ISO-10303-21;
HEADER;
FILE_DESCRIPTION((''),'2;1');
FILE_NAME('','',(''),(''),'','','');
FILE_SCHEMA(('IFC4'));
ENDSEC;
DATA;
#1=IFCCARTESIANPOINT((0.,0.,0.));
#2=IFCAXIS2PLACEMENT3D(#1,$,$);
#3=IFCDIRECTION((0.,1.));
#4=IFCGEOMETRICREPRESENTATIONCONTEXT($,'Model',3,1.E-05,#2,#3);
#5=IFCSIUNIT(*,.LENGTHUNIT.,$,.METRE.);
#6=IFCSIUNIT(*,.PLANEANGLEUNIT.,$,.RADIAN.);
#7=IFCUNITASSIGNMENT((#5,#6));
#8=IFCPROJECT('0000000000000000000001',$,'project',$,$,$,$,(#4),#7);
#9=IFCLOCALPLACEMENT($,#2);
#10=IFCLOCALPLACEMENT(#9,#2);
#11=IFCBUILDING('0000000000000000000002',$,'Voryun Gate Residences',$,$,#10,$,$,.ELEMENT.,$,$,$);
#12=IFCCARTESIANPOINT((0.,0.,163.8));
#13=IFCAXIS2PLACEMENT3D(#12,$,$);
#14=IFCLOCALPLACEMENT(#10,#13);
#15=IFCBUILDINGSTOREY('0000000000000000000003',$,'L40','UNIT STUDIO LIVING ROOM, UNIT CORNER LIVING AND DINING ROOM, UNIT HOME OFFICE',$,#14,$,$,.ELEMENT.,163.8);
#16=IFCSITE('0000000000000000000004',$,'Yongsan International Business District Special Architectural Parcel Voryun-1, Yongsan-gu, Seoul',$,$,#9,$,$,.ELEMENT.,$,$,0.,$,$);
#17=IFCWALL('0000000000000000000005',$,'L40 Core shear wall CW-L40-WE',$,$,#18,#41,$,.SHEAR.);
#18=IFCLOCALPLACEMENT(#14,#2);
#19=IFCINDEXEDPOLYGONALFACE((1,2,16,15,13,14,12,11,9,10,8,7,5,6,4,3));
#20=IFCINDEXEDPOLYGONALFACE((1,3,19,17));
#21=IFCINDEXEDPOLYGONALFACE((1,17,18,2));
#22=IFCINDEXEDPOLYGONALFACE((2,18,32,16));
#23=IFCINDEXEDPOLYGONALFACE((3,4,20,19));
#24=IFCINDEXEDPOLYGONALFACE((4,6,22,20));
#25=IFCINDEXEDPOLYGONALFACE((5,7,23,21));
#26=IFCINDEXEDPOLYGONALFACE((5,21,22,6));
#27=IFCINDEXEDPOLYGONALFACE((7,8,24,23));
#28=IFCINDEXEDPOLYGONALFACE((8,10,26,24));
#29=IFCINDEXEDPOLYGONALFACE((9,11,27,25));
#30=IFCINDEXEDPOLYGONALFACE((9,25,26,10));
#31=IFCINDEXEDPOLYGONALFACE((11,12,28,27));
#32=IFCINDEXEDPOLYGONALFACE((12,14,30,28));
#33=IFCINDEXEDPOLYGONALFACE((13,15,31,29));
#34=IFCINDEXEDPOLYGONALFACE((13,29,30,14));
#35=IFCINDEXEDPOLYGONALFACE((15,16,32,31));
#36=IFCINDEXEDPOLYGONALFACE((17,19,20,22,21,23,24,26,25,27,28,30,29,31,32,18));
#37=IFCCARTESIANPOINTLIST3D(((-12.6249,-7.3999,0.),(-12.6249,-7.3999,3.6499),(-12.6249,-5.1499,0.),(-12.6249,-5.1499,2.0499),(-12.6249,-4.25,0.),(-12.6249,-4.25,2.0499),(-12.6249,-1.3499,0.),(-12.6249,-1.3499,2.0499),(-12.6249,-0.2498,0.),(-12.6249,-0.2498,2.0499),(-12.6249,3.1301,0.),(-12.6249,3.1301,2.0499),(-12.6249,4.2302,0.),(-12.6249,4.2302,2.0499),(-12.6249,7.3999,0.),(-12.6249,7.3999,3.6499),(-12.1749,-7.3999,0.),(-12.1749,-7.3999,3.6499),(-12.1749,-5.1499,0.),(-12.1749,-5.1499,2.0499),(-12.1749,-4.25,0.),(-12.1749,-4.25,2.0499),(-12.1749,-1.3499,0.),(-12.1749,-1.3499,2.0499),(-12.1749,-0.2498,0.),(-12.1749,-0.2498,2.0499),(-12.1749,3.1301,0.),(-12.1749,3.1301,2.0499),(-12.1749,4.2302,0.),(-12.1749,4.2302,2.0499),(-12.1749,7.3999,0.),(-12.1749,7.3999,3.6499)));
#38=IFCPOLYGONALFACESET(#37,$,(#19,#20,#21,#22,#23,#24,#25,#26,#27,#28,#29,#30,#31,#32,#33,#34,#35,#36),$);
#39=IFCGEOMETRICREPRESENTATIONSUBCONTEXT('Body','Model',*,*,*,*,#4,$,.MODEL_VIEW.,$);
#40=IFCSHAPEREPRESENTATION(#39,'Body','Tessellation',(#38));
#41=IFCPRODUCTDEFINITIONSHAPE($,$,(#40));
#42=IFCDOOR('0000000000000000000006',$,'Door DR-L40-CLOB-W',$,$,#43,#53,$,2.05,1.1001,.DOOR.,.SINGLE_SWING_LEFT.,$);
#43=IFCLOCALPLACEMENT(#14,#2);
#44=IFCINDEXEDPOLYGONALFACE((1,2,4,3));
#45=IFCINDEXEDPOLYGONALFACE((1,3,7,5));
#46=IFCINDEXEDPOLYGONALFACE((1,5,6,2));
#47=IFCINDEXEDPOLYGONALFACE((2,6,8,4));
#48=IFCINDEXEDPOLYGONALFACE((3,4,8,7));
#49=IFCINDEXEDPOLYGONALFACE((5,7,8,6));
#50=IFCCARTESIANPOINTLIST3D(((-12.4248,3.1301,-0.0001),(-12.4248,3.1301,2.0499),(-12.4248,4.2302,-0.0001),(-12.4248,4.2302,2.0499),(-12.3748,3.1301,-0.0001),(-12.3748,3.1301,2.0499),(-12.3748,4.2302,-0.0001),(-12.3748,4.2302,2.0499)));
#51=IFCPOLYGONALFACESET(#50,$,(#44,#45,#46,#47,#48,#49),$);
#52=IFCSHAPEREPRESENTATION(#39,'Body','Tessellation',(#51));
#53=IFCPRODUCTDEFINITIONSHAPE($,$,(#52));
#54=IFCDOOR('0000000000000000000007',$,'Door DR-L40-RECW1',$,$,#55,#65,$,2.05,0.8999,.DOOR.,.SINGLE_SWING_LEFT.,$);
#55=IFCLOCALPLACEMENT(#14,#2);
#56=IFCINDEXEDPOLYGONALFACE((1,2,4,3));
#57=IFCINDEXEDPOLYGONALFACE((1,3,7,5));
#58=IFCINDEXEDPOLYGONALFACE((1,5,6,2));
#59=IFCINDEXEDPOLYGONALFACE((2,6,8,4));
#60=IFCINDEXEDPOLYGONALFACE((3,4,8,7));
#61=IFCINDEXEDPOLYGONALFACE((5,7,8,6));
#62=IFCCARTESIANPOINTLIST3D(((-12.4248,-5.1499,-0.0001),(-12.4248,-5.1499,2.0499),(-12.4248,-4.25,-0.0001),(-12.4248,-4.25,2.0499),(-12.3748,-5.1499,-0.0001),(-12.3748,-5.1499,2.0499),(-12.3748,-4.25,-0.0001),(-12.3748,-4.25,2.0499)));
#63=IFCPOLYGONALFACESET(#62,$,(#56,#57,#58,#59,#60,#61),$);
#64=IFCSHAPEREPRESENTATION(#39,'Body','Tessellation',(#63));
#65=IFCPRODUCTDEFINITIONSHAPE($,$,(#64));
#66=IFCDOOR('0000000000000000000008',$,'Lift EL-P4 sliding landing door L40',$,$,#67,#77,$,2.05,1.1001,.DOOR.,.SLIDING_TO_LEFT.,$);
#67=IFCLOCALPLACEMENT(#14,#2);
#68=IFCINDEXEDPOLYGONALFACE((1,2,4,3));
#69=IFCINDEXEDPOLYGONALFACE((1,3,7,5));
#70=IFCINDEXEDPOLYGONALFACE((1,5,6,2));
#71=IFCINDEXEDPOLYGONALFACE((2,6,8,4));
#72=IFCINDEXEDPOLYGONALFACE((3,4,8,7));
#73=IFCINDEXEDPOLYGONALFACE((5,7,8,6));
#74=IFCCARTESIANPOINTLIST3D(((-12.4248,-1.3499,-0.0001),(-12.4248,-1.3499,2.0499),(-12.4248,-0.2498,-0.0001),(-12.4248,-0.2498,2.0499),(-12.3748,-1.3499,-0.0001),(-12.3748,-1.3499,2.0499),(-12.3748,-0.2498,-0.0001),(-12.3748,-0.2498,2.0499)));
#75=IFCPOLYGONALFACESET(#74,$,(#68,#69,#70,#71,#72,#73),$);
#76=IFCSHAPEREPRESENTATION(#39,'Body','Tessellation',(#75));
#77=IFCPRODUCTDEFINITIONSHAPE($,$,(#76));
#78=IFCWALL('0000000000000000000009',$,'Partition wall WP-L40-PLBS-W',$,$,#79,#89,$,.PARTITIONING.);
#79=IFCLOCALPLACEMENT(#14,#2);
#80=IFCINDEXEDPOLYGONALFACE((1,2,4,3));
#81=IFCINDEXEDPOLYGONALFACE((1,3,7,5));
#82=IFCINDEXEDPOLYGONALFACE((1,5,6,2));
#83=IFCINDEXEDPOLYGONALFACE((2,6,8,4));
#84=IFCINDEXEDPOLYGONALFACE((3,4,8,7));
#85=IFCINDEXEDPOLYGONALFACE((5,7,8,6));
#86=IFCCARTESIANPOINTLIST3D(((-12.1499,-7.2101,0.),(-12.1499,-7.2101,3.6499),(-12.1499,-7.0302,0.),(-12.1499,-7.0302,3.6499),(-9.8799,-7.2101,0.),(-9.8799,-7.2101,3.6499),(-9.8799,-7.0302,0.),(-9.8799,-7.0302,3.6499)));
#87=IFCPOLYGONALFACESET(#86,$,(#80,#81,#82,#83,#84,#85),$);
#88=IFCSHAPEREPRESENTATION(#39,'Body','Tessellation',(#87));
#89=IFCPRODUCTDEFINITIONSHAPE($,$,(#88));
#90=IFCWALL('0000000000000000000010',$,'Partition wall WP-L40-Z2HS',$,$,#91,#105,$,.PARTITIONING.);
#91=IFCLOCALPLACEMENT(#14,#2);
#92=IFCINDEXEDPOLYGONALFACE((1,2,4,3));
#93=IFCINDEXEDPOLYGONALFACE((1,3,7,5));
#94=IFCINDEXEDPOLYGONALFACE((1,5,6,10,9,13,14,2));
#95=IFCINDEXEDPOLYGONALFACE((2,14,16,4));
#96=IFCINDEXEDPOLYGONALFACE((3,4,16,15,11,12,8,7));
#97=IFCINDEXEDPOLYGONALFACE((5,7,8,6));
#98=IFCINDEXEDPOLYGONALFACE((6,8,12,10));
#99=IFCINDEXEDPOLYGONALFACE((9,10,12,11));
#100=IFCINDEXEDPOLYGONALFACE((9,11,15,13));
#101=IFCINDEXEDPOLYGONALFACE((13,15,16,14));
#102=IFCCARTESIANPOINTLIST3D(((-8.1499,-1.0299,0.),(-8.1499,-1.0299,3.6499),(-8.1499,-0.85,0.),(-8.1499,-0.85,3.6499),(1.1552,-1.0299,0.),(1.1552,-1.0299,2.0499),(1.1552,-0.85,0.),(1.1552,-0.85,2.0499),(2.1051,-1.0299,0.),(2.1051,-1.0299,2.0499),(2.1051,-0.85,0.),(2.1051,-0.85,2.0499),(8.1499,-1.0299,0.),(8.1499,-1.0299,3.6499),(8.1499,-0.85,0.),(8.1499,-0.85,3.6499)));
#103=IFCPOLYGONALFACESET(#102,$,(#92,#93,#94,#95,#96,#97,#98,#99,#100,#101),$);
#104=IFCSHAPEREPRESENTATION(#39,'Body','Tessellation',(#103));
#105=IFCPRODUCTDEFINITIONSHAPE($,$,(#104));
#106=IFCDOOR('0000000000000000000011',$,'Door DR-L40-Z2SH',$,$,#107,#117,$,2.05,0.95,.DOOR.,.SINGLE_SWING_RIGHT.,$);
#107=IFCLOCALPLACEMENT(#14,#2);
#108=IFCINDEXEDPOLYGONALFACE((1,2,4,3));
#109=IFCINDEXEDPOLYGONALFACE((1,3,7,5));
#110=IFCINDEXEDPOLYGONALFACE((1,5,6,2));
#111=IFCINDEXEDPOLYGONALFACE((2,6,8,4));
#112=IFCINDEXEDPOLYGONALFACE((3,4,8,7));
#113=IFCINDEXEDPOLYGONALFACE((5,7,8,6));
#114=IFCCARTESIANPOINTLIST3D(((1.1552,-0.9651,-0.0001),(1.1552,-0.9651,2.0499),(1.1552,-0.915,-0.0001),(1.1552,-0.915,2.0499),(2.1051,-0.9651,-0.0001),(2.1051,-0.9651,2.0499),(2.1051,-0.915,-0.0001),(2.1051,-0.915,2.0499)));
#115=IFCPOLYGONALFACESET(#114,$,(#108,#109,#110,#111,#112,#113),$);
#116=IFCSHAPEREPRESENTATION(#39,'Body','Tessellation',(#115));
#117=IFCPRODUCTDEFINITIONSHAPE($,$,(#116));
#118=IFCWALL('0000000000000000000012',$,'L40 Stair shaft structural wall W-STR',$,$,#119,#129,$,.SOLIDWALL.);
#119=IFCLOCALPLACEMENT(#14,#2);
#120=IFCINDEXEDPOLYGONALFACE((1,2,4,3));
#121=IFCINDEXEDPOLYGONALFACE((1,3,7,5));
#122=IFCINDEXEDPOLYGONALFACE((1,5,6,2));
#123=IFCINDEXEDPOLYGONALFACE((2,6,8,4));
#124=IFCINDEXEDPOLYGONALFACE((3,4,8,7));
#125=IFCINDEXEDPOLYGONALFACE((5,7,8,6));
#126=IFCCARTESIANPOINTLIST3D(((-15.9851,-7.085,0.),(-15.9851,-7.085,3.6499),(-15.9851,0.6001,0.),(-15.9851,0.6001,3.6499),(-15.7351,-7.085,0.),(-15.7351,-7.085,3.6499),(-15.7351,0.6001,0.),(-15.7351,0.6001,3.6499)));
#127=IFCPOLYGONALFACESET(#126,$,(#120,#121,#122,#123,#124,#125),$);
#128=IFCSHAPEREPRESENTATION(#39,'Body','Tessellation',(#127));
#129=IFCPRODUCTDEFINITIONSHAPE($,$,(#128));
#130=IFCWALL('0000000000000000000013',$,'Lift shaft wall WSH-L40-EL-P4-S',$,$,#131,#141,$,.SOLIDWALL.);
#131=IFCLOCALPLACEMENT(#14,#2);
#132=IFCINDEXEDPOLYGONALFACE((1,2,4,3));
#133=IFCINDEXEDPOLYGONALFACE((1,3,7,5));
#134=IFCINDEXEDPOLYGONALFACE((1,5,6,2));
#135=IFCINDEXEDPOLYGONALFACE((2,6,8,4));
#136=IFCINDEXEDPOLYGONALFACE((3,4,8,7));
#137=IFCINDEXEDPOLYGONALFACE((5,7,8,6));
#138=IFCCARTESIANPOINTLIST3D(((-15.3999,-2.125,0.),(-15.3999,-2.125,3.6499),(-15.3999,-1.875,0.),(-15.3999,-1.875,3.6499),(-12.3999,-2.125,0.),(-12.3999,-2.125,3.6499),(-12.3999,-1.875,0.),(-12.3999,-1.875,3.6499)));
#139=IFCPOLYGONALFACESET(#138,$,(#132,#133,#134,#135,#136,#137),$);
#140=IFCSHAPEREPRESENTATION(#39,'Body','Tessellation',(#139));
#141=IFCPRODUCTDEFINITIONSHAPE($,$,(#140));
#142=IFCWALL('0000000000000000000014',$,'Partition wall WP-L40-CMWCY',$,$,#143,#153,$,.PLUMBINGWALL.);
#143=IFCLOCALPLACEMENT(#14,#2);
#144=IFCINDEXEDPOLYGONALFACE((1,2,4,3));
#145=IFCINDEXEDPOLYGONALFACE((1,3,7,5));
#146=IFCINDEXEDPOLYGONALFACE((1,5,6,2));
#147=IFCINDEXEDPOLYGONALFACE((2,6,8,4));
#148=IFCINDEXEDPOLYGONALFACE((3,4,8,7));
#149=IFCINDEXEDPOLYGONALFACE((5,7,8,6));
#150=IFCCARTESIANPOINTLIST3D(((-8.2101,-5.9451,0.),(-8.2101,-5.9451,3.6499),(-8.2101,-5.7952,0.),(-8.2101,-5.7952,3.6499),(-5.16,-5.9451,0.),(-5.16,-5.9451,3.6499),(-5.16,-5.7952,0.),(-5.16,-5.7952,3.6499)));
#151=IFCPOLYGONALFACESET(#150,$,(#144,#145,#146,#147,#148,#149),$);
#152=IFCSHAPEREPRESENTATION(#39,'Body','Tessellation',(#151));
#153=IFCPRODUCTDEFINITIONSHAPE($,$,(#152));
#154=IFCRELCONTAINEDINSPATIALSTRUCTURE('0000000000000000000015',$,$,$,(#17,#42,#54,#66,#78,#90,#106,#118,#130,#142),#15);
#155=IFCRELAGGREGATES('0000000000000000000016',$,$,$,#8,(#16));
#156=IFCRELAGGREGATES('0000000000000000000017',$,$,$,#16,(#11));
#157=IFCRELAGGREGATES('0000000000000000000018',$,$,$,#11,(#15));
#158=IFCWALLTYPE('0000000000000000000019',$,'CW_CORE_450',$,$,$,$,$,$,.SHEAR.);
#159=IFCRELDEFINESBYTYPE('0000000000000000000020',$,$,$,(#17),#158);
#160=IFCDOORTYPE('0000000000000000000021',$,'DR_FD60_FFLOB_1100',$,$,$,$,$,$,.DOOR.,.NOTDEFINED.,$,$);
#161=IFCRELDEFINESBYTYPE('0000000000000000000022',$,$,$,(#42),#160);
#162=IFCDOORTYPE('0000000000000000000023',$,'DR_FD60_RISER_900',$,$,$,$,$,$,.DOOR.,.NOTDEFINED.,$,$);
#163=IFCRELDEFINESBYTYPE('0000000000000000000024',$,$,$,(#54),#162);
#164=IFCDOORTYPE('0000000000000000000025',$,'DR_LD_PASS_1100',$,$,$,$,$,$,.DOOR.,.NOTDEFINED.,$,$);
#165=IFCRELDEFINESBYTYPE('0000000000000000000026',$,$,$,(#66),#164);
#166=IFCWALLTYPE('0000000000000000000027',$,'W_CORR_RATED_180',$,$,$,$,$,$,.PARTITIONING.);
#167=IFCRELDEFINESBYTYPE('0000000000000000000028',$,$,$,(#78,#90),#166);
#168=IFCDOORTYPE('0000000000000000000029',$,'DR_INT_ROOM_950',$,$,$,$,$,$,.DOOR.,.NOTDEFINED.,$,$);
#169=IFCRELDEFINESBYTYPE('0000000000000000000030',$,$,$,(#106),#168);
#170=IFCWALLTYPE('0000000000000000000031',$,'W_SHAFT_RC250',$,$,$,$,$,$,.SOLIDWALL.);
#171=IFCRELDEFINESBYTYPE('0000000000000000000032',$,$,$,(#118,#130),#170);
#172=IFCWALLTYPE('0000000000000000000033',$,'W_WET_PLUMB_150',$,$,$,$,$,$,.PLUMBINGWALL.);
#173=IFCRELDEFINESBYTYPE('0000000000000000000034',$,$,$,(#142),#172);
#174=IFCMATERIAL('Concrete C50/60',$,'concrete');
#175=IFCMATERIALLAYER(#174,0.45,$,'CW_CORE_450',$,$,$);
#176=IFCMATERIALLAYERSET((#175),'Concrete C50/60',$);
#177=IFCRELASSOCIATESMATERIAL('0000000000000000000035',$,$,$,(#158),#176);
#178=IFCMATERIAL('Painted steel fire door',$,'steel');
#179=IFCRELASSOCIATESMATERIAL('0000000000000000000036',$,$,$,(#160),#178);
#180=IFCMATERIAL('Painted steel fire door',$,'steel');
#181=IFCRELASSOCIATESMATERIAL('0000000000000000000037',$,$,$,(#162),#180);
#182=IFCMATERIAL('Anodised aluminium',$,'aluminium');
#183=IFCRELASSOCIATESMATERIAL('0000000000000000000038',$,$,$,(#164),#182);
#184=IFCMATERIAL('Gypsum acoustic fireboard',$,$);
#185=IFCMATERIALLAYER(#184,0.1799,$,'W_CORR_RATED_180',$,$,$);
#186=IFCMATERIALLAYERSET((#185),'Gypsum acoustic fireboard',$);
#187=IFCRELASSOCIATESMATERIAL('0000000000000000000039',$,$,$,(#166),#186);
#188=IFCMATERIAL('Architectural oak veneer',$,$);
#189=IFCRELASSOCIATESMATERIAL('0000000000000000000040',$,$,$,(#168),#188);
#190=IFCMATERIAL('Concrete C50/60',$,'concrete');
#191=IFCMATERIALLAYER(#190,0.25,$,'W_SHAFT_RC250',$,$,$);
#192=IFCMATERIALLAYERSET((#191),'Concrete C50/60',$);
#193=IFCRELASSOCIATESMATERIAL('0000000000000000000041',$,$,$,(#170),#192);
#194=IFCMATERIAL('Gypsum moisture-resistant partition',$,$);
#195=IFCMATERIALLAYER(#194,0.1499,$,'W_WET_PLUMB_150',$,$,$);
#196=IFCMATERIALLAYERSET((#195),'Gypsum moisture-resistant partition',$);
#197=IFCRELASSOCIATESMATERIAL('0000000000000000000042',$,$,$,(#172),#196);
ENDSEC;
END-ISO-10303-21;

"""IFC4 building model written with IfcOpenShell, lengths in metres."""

from ifc_helpers import new_model, si_unit, direction, frame, frame_2d, origin, place, context, subcontext, project, spatial, rectangle, extrude, material, layer, layer_set, type_object, element, fill, save


model = new_model("IFC4")

# Units and contexts
model_context = context("Model", 3, precision=1e-05, world=origin(), true_north=direction((0.0, 1.0)))
body_context = subcontext(model_context, "Body", "Model", "MODEL_VIEW")
ifc_project = project(units=[si_unit("LENGTHUNIT", "METRE"), si_unit("PLANEANGLEUNIT", "RADIAN")], contexts=[model_context])

# Site, building, storey
site_placement = place(None, origin())
site = spatial("IfcSite", under=ifc_project, at=site_placement, Name="Yongsan International Business District Special Architectural Parcel Voryun-1, Yongsan-gu, Seoul", CompositionType="ELEMENT", RefElevation=0.0)
building_placement = place(site_placement, origin())
building = spatial("IfcBuilding", under=site, at=building_placement, Name="Voryun Gate Residences", CompositionType="ELEMENT")
storey_placement = place(building_placement, frame((0.0, 0.0, 163.8)))
storey = spatial("IfcBuildingStorey", under=building, at=storey_placement, Name="L40", Description="UNIT STUDIO LIVING ROOM, UNIT CORNER LIVING AND DINING ROOM, UNIT HOME OFFICE", CompositionType="ELEMENT", Elevation=163.8)

# Wall, openings, doors
ifc_material_1 = material(Name="Concrete C50/60", Category="concrete")
ifc_layer_1 = layer(ifc_material_1, 0.45, Name="CW_CORE_450")
ifc_layer_set_1 = layer_set([ifc_layer_1], Name="Concrete C50/60")
wall_type_1 = type_object("IfcWallType", Name="CW_CORE_450", PredefinedType="SHEAR", material=ifc_layer_set_1)
wall_1_placement = place(storey_placement, frame((-12.3999, -7.3999, 0.0), z_axis=(0.0, 0.0, 1.0), x_axis=(0.0, 1.0, 0.0)))
wall_1 = element("IfcWall", 1, at=wall_1_placement, inside=storey, type_object=wall_type_1, Name="L40 Core shear wall CW-L40-WE", PredefinedType="SHEAR", context=body_context, shape_type="SweptSolid", body=[
    extrude(rectangle(XDim=14.7998, YDim=0.45, at=frame_2d((7.3999, 0.0))), origin(), (0.0, 0.0, 1.0), 3.6499),
])
opening_1_placement = place(wall_1_placement, frame((6.05, 0.0, 0.0)))
opening_1 = element("IfcOpeningElement", 2, at=opening_1_placement, cuts=wall_1, PredefinedType="OPENING", context=body_context, shape_type="SweptSolid", body=[
    extrude(rectangle(XDim=1.1001, YDim=2.05, at=frame_2d((0.55, 1.0249))), frame((0.0, 0.2351, 0.0), z_axis=(0.0, -1.0, 0.0), x_axis=(1.0, 0.0, 0.0)), (0.0, 0.0, 1.0), 0.47),
])
opening_2_placement = place(wall_1_placement, frame((10.53, 0.0, 0.0)))
opening_2 = element("IfcOpeningElement", 3, at=opening_2_placement, cuts=wall_1, PredefinedType="OPENING", context=body_context, shape_type="SweptSolid", body=[
    extrude(rectangle(XDim=1.1001, YDim=2.05, at=frame_2d((0.55, 1.0249))), frame((0.0, 0.2351, 0.0), z_axis=(0.0, -1.0, 0.0), x_axis=(1.0, 0.0, 0.0)), (0.0, 0.0, 1.0), 0.47),
])
opening_3_placement = place(wall_1_placement, frame((2.25, 0.0, 0.0)))
opening_3 = element("IfcOpeningElement", 4, at=opening_3_placement, cuts=wall_1, PredefinedType="OPENING", context=body_context, shape_type="SweptSolid", body=[
    extrude(rectangle(XDim=0.8999, YDim=2.05, at=frame_2d((0.45, 1.0249))), frame((0.0, 0.2351, 0.0), z_axis=(0.0, -1.0, 0.0), x_axis=(1.0, 0.0, 0.0)), (0.0, 0.0, 1.0), 0.47),
])
ifc_material_2 = material(Name="Painted steel fire door", Category="steel")
door_type_1 = type_object("IfcDoorType", Name="DR_FD60_FFLOB_1100", OperationType="NOTDEFINED", PredefinedType="DOOR", material=ifc_material_2)
door_1_placement = place(opening_2_placement, origin())
door_1 = element("IfcDoor", 5, at=door_1_placement, inside=storey, type_object=door_type_1, Name="Door DR-L40-CLOB-W", OperationType="SINGLE_SWING_LEFT", OverallHeight=2.05, OverallWidth=1.1001, PredefinedType="DOOR", context=body_context, shape_type="SweptSolid", body=[
    extrude(rectangle(XDim=1.1001, YDim=2.05, at=frame_2d((0.55, 1.0249))), frame((0.0, 0.0249, 0.0), z_axis=(0.0, -1.0, 0.0), x_axis=(1.0, 0.0, 0.0)), (0.0, 0.0, 1.0), 0.05),
])
fill(opening_2, door_1)
ifc_material_3 = material(Name="Painted steel fire door", Category="steel")
door_type_2 = type_object("IfcDoorType", Name="DR_FD60_RISER_900", OperationType="NOTDEFINED", PredefinedType="DOOR", material=ifc_material_3)
door_2_placement = place(opening_3_placement, origin())
door_2 = element("IfcDoor", 6, at=door_2_placement, inside=storey, type_object=door_type_2, Name="Door DR-L40-RECW1", OperationType="SINGLE_SWING_LEFT", OverallHeight=2.05, OverallWidth=0.8999, PredefinedType="DOOR", context=body_context, shape_type="SweptSolid", body=[
    extrude(rectangle(XDim=0.8999, YDim=2.05, at=frame_2d((0.45, 1.0249))), frame((0.0, 0.0249, 0.0), z_axis=(0.0, -1.0, 0.0), x_axis=(1.0, 0.0, 0.0)), (0.0, 0.0, 1.0), 0.05),
])
fill(opening_3, door_2)
ifc_material_4 = material(Name="Anodised aluminium", Category="aluminium")
door_type_3 = type_object("IfcDoorType", Name="DR_LD_PASS_1100", OperationType="NOTDEFINED", PredefinedType="DOOR", material=ifc_material_4)
door_3_placement = place(opening_1_placement, origin())
door_3 = element("IfcDoor", 7, at=door_3_placement, inside=storey, type_object=door_type_3, Name="Lift EL-P4 sliding landing door L40", OperationType="SLIDING_TO_LEFT", OverallHeight=2.05, OverallWidth=1.1001, PredefinedType="DOOR", context=body_context, shape_type="SweptSolid", body=[
    extrude(rectangle(XDim=1.1001, YDim=2.05, at=frame_2d((0.55, 1.0249))), frame((0.0, 0.0249, 0.0), z_axis=(0.0, -1.0, 0.0), x_axis=(1.0, 0.0, 0.0)), (0.0, 0.0, 1.0), 0.05),
])
fill(opening_1, door_3)

# Wall
ifc_material_5 = material(Name="Gypsum acoustic fireboard")
ifc_layer_2 = layer(ifc_material_5, 0.1799, Name="W_CORR_RATED_180")
ifc_layer_set_2 = layer_set([ifc_layer_2], Name="Gypsum acoustic fireboard")
wall_type_2 = type_object("IfcWallType", Name="W_CORR_RATED_180", PredefinedType="PARTITIONING", material=ifc_layer_set_2)
wall_2_placement = place(storey_placement, frame((-12.1499, -7.1201, 0.0), z_axis=(0.0, 0.0, 1.0), x_axis=(1.0, 0.0, 0.0)))
element("IfcWall", 8, at=wall_2_placement, inside=storey, type_object=wall_type_2, Name="Partition wall WP-L40-PLBS-W", PredefinedType="PARTITIONING", context=body_context, shape_type="SweptSolid", body=[
    extrude(rectangle(XDim=2.27, YDim=0.1799, at=frame_2d((1.135, 0.0))), origin(), (0.0, 0.0, 1.0), 3.6499),
])

# Wall, opening, door
wall_3_placement = place(storey_placement, frame((-8.1499, -0.9399, 0.0), z_axis=(0.0, 0.0, 1.0), x_axis=(1.0, 0.0, 0.0)))
wall_3 = element("IfcWall", 9, at=wall_3_placement, inside=storey, type_object=wall_type_2, Name="Partition wall WP-L40-Z2HS", PredefinedType="PARTITIONING", context=body_context, shape_type="SweptSolid", body=[
    extrude(rectangle(XDim=16.2998, YDim=0.1799, at=frame_2d((8.1499, 0.0))), origin(), (0.0, 0.0, 1.0), 3.6499),
])
opening_4_placement = place(wall_3_placement, frame((9.3049, 0.0, 0.0)))
opening_4 = element("IfcOpeningElement", 10, at=opening_4_placement, cuts=wall_3, PredefinedType="OPENING", context=body_context, shape_type="SweptSolid", body=[
    extrude(rectangle(XDim=0.95, YDim=2.05, at=frame_2d((0.4751, 1.0249))), frame((0.0, 0.0999, 0.0), z_axis=(0.0, -1.0, 0.0), x_axis=(1.0, 0.0, 0.0)), (0.0, 0.0, 1.0), 0.2),
])
ifc_material_6 = material(Name="Architectural oak veneer")
door_type_4 = type_object("IfcDoorType", Name="DR_INT_ROOM_950", OperationType="NOTDEFINED", PredefinedType="DOOR", material=ifc_material_6)
door_4_placement = place(opening_4_placement, origin())
door_4 = element("IfcDoor", 11, at=door_4_placement, inside=storey, type_object=door_type_4, Name="Door DR-L40-Z2SH", OperationType="SINGLE_SWING_RIGHT", OverallHeight=2.05, OverallWidth=0.95, PredefinedType="DOOR", context=body_context, shape_type="SweptSolid", body=[
    extrude(rectangle(XDim=0.95, YDim=2.05, at=frame_2d((0.4751, 1.0249))), frame((0.0, 0.0249, 0.0), z_axis=(0.0, -1.0, 0.0), x_axis=(1.0, 0.0, 0.0)), (0.0, 0.0, 1.0), 0.05),
])
fill(opening_4, door_4)

# Walls
ifc_material_7 = material(Name="Concrete C50/60", Category="concrete")
ifc_layer_3 = layer(ifc_material_7, 0.25, Name="W_SHAFT_RC250")
ifc_layer_set_3 = layer_set([ifc_layer_3], Name="Concrete C50/60")
wall_type_3 = type_object("IfcWallType", Name="W_SHAFT_RC250", PredefinedType="SOLIDWALL", material=ifc_layer_set_3)
wall_4_placement = place(storey_placement, frame((-15.8601, -7.085, 0.0), z_axis=(0.0, 0.0, 1.0), x_axis=(0.0, 1.0, 0.0)))
element("IfcWall", 12, at=wall_4_placement, inside=storey, type_object=wall_type_3, Name="L40 Stair shaft structural wall W-STR", PredefinedType="SOLIDWALL", context=body_context, shape_type="SweptSolid", body=[
    extrude(rectangle(XDim=7.6851, YDim=0.25, at=frame_2d((3.8425, 0.0))), origin(), (0.0, 0.0, 1.0), 3.6499),
])
wall_5_placement = place(storey_placement, frame((-15.3999, -2.0, 0.0), z_axis=(0.0, 0.0, 1.0), x_axis=(1.0, 0.0, 0.0)))
element("IfcWall", 13, at=wall_5_placement, inside=storey, type_object=wall_type_3, Name="Lift shaft wall WSH-L40-EL-P4-S", PredefinedType="SOLIDWALL", context=body_context, shape_type="SweptSolid", body=[
    extrude(rectangle(XDim=3.0, YDim=0.25, at=frame_2d((1.5, 0.0))), origin(), (0.0, 0.0, 1.0), 3.6499),
])
ifc_material_8 = material(Name="Gypsum moisture-resistant partition")
ifc_layer_4 = layer(ifc_material_8, 0.1499, Name="W_WET_PLUMB_150")
ifc_layer_set_4 = layer_set([ifc_layer_4], Name="Gypsum moisture-resistant partition")
wall_type_4 = type_object("IfcWallType", Name="W_WET_PLUMB_150", PredefinedType="PLUMBINGWALL", material=ifc_layer_set_4)
wall_6_placement = place(storey_placement, frame((-8.21, -5.8701, 0.0), z_axis=(0.0, 0.0, 1.0), x_axis=(1.0, 0.0, 0.0)))
element("IfcWall", 14, at=wall_6_placement, inside=storey, type_object=wall_type_4, Name="Partition wall WP-L40-CMWCY", PredefinedType="PLUMBINGWALL", context=body_context, shape_type="SweptSolid", body=[
    extrude(rectangle(XDim=3.05, YDim=0.1499, at=frame_2d((1.5249, 0.0))), origin(), (0.0, 0.0, 1.0), 3.6499),
])

save(model, "model.ifc")
